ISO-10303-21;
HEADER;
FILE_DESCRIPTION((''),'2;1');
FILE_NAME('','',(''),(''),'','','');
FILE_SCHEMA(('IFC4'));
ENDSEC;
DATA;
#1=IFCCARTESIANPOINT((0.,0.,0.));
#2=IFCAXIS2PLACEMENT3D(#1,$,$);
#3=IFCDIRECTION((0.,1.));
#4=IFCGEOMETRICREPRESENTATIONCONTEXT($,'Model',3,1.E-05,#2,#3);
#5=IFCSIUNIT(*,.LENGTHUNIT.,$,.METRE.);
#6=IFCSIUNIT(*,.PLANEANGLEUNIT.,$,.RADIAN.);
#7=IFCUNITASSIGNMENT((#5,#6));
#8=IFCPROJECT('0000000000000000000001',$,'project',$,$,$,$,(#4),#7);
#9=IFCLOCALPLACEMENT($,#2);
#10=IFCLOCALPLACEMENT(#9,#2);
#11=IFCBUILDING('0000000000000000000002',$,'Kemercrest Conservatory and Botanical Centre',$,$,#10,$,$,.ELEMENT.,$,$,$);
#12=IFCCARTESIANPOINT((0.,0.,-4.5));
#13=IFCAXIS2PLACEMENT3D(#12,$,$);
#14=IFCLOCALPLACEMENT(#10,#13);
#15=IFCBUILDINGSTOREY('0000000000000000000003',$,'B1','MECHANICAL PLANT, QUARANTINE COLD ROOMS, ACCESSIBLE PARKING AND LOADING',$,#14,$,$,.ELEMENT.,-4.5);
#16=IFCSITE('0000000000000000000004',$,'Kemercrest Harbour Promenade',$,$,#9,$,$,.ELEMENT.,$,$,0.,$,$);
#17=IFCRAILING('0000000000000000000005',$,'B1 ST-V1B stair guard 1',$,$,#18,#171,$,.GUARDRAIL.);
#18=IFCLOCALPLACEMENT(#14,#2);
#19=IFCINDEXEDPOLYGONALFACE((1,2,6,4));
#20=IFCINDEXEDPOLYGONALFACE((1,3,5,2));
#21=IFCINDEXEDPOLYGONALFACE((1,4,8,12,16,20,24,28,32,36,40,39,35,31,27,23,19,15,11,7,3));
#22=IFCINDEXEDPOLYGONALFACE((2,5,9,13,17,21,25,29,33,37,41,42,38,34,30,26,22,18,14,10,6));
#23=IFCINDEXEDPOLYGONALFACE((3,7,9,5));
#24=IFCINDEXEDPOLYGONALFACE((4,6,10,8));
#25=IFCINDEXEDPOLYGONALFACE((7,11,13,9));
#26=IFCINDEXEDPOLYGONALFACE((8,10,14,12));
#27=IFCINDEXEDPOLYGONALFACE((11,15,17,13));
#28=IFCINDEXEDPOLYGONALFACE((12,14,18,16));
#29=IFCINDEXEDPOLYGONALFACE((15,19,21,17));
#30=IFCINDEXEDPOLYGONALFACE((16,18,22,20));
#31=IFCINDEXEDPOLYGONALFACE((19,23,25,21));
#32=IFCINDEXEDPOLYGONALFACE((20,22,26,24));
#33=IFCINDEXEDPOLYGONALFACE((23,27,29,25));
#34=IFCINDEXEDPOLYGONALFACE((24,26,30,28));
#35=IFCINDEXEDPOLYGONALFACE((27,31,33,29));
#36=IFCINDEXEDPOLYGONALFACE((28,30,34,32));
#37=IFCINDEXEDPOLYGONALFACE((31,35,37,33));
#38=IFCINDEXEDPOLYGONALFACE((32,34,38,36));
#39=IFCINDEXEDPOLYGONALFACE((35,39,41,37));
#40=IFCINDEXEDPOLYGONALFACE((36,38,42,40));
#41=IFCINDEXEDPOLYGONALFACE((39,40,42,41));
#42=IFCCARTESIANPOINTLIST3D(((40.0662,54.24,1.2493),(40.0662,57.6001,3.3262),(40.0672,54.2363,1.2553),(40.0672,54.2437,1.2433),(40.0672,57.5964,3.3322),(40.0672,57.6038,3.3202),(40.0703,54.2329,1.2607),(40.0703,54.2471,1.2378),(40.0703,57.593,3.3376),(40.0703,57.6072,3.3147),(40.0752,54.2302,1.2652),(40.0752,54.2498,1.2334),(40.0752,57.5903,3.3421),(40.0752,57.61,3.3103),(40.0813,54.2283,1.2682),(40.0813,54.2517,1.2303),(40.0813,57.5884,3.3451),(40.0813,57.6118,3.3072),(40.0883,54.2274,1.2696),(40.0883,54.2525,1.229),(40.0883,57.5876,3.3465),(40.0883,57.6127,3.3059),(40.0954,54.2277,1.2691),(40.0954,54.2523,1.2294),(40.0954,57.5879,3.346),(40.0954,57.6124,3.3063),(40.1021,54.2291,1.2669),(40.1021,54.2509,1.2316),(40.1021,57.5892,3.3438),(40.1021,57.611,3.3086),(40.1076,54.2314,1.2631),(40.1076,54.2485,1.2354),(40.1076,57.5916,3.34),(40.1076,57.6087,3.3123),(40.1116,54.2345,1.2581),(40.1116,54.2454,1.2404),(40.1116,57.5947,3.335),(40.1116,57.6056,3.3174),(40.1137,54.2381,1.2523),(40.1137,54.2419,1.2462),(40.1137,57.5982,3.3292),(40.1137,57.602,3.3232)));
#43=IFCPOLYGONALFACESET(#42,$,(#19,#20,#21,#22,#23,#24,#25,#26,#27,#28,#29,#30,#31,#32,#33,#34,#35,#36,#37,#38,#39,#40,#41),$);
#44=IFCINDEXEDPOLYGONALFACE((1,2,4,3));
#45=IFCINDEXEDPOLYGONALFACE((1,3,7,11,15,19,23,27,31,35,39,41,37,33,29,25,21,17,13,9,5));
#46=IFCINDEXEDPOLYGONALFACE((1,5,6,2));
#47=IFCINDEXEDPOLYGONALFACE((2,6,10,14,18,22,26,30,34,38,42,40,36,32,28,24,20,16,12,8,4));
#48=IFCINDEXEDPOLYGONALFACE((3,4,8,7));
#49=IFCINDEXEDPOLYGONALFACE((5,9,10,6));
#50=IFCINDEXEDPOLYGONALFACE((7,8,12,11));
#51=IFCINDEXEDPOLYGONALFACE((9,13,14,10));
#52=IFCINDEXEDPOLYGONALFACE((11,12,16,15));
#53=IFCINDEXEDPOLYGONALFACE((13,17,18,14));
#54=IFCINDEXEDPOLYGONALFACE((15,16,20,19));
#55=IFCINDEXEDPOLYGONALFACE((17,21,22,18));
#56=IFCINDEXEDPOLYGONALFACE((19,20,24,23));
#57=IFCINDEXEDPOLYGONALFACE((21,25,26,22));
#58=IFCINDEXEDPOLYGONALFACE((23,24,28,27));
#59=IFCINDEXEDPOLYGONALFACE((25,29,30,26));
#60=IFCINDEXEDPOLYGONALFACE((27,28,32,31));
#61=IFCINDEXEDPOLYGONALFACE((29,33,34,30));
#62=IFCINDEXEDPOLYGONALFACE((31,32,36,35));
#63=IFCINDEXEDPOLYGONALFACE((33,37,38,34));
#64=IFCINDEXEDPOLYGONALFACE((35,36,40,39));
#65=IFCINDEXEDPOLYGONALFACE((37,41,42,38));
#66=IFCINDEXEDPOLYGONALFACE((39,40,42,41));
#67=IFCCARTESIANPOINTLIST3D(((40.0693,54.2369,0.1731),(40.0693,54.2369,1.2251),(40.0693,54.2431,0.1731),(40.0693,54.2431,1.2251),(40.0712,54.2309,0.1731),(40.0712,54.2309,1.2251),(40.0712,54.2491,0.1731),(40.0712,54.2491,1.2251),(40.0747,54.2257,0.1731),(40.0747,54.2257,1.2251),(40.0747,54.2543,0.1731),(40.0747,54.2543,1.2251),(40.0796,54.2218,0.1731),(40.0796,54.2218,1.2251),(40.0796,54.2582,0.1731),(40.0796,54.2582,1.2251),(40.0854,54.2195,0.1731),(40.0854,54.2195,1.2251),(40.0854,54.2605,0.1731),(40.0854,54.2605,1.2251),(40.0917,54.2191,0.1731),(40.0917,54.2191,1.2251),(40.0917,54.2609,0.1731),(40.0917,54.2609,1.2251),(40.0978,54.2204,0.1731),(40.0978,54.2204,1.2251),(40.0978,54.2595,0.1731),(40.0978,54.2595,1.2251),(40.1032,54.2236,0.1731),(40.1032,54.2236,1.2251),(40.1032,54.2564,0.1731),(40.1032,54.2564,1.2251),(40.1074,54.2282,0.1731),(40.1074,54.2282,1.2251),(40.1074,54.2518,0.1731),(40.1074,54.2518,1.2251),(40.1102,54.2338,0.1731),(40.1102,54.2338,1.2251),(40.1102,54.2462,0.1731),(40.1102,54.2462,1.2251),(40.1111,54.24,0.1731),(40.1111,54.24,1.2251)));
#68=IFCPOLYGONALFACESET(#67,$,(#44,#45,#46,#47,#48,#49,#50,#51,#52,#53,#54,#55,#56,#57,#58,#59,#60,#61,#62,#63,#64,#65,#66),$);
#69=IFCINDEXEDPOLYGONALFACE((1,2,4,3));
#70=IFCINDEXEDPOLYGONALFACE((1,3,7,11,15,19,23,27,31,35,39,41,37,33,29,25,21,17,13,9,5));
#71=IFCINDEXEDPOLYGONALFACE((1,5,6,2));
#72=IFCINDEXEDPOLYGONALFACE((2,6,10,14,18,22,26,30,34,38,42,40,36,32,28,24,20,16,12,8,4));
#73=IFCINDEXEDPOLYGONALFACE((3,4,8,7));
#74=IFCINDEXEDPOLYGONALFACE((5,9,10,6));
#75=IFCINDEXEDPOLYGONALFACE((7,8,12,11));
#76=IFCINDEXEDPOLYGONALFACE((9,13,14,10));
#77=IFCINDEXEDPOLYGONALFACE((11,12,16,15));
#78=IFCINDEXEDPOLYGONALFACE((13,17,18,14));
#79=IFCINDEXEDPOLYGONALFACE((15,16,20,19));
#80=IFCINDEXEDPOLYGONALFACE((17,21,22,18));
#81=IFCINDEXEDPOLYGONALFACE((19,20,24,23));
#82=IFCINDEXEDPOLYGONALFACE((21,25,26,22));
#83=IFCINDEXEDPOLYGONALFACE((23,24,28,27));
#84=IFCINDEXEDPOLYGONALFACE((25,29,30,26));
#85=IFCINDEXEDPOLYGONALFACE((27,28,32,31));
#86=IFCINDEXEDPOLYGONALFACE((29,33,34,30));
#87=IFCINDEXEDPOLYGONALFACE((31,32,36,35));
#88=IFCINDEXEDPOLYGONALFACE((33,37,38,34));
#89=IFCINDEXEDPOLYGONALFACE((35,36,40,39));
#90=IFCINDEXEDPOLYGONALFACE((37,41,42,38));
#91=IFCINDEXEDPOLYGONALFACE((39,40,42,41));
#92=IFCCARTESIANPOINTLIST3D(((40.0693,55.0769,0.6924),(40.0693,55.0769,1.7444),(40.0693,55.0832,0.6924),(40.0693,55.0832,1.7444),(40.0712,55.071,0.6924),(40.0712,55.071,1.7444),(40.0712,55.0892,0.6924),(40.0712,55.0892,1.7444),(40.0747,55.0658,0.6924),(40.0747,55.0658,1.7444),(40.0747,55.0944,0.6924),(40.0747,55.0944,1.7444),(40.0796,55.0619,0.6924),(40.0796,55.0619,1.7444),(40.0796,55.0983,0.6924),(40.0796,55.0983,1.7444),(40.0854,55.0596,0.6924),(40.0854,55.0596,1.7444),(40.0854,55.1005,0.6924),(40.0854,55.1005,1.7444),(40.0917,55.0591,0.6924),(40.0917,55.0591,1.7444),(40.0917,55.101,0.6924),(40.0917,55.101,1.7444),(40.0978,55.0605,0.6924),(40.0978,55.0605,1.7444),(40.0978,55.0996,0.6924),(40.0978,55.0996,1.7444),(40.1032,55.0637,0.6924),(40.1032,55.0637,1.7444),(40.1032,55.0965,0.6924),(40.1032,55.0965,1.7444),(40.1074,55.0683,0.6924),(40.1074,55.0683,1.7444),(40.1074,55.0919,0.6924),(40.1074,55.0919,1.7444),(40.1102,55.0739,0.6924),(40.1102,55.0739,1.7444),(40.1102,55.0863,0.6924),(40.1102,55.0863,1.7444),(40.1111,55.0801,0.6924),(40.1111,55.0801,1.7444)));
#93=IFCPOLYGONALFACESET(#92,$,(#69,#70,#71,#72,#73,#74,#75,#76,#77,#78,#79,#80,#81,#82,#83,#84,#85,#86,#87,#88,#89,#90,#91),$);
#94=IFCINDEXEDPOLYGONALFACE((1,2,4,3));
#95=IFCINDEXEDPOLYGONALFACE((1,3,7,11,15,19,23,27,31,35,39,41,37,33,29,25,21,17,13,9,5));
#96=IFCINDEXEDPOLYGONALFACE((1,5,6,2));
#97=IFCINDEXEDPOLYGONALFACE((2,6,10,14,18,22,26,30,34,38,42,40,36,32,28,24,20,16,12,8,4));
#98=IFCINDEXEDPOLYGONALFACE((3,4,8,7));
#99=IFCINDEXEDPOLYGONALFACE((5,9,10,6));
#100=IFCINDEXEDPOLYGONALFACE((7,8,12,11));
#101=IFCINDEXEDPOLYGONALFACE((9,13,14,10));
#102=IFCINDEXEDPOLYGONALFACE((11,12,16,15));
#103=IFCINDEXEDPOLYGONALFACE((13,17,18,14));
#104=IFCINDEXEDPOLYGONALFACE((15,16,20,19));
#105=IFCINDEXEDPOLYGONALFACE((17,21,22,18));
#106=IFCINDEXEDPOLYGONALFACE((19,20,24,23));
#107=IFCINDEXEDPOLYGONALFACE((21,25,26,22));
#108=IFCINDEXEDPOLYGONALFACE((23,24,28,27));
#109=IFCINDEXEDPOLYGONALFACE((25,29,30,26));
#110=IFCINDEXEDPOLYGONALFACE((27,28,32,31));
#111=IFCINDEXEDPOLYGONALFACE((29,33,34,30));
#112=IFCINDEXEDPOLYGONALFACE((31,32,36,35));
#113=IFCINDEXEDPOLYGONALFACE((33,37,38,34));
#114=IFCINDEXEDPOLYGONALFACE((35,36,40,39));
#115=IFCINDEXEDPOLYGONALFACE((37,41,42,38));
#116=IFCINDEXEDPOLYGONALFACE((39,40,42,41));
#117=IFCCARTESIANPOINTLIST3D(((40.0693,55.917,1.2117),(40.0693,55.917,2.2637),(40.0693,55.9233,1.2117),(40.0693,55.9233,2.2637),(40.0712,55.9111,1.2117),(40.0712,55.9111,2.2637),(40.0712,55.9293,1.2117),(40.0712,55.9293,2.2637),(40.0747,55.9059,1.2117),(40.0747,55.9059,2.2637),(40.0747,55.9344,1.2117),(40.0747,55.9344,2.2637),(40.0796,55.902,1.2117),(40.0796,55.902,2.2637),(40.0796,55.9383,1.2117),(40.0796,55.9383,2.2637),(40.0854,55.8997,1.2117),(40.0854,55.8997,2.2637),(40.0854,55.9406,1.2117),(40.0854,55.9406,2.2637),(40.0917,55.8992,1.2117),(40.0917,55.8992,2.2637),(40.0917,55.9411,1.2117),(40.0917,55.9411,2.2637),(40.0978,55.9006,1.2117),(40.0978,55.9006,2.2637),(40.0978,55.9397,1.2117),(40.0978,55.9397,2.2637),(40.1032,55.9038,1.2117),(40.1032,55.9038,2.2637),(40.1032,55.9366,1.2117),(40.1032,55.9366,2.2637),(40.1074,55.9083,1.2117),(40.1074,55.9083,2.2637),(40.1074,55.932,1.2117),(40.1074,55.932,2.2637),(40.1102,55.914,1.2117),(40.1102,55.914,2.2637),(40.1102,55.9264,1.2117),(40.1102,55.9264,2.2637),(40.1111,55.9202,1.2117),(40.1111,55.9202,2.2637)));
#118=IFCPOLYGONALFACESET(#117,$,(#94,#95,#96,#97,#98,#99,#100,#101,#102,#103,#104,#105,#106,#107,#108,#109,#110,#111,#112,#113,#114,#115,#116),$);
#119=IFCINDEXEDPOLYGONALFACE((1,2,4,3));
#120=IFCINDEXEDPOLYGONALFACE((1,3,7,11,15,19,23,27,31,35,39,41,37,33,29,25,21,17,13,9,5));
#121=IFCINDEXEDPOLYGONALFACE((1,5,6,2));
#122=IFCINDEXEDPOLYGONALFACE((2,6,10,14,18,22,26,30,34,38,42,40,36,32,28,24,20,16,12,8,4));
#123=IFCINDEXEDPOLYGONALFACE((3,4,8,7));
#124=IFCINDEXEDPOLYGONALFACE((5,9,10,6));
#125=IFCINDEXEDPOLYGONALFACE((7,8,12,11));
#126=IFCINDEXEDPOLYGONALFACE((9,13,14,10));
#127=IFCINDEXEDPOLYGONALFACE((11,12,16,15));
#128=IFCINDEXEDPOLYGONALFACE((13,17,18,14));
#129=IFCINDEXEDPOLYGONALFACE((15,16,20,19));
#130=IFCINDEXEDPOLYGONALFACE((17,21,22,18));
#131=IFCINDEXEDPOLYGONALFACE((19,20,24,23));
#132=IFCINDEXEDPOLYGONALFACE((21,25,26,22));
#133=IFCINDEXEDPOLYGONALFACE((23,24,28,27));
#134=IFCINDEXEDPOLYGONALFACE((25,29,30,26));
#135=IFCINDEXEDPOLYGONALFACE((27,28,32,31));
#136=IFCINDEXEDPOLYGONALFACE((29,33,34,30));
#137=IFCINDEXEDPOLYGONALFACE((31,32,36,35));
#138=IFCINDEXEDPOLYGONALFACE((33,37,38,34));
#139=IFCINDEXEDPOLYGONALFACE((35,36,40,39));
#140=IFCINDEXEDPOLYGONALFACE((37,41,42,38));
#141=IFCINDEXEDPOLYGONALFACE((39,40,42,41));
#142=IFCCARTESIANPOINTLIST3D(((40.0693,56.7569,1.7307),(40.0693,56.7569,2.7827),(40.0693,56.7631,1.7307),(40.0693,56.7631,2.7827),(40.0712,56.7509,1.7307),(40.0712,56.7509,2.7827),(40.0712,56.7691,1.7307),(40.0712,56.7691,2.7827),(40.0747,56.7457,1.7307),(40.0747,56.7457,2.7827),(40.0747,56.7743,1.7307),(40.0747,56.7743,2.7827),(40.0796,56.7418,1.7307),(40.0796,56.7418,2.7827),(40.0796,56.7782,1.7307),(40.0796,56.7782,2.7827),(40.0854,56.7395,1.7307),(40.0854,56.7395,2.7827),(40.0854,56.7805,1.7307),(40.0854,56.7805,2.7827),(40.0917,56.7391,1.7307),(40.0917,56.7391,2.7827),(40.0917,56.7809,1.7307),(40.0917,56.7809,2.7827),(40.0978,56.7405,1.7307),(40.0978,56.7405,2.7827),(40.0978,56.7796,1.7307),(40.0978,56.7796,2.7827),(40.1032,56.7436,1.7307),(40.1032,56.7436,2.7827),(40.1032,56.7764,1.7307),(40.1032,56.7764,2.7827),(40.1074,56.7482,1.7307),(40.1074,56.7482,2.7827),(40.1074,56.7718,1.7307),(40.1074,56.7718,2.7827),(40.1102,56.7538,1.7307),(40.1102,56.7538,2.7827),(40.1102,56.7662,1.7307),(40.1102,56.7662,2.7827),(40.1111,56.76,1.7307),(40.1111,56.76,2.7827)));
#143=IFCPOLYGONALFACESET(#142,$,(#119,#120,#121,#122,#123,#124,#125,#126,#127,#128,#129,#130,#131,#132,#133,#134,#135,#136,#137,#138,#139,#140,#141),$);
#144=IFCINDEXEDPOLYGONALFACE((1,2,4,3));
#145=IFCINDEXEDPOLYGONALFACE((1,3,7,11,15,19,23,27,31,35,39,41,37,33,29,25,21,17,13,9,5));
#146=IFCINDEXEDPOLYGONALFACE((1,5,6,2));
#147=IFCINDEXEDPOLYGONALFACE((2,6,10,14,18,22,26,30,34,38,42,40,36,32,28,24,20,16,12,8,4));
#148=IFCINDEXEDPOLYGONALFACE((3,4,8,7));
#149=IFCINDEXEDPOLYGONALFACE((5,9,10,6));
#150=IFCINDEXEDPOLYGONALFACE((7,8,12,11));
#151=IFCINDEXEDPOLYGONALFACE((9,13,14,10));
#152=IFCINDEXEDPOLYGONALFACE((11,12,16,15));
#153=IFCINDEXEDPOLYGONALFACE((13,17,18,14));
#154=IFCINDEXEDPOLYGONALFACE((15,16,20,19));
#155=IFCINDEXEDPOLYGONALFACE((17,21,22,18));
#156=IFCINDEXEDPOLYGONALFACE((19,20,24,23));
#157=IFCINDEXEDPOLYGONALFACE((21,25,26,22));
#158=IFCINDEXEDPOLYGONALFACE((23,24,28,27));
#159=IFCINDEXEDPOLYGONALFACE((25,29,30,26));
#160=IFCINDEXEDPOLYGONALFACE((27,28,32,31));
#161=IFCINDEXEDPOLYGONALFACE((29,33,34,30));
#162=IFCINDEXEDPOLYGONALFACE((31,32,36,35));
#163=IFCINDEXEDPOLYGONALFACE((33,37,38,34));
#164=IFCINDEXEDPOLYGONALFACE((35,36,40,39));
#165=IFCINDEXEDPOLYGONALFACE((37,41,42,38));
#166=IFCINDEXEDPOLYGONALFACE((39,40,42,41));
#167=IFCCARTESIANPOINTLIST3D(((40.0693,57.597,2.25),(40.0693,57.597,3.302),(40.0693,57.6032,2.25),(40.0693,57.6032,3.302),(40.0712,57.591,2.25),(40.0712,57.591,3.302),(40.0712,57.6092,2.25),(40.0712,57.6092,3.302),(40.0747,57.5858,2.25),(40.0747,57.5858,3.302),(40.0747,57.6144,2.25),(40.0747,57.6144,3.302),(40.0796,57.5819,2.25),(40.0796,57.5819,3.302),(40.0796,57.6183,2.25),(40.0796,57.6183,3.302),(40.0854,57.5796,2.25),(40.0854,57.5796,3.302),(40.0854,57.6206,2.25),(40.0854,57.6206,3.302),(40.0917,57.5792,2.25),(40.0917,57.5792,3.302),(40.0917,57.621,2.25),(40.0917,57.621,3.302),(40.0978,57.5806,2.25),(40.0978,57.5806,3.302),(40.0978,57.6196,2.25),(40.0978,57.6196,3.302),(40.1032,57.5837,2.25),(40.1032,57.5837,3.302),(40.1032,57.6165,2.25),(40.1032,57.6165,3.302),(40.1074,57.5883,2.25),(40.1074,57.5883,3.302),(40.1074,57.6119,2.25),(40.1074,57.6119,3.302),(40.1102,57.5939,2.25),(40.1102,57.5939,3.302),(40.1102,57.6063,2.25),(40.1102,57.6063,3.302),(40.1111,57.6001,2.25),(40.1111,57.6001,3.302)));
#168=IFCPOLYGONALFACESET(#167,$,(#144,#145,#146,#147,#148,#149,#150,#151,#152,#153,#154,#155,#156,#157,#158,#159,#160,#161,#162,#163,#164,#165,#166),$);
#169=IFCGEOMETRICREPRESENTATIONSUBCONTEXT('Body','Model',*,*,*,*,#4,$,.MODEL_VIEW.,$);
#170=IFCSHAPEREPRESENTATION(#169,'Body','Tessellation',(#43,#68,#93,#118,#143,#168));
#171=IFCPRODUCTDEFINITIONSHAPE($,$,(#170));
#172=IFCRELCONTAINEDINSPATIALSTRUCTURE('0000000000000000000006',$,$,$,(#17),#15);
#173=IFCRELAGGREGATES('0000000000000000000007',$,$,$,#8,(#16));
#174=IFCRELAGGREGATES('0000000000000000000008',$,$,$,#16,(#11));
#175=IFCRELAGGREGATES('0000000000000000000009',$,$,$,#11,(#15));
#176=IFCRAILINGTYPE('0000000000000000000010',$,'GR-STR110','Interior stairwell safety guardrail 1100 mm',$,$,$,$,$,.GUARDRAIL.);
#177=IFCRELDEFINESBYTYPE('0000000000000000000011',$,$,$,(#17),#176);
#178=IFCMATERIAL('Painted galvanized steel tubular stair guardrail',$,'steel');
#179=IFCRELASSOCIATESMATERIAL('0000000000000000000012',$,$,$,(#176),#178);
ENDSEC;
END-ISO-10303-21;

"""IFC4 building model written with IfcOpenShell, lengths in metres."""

from ifc_helpers import new_model, si_unit, direction, frame, origin, origin_2d, place, context, subcontext, project, spatial, circle, extrude, material, type_object, element, save


model = new_model("IFC4")

# Units and contexts
model_context = context("Model", 3, precision=1e-05, world=origin(), true_north=direction((0.0, 1.0)))
body_context = subcontext(model_context, "Body", "Model", "MODEL_VIEW")
ifc_project = project(units=[si_unit("LENGTHUNIT", "METRE"), si_unit("PLANEANGLEUNIT", "RADIAN")], contexts=[model_context])

# Site, building, storey
site_placement = place(None, origin())
site = spatial("IfcSite", under=ifc_project, at=site_placement, Name="Kemercrest Harbour Promenade", CompositionType="ELEMENT", RefElevation=0.0)
building_placement = place(site_placement, origin())
building = spatial("IfcBuilding", under=site, at=building_placement, Name="Kemercrest Conservatory and Botanical Centre", CompositionType="ELEMENT")
storey_placement = place(building_placement, frame((0.0, 0.0, -4.5)))
storey = spatial("IfcBuildingStorey", under=building, at=storey_placement, Name="B1", Description="MECHANICAL PLANT, QUARANTINE COLD ROOMS, ACCESSIBLE PARKING AND LOADING", CompositionType="ELEMENT", Elevation=-4.5)

# Railing
ifc_material_1 = material(Name="Painted galvanized steel tubular stair guardrail", Category="steel")
railing_type_1 = type_object("IfcRailingType", Name="GR-STR110", Description="Interior stairwell safety guardrail 1100 mm", PredefinedType="GUARDRAIL", material=ifc_material_1)
railing_1_placement = place(storey_placement, frame((40.0901, 54.24, 0.1731)))
element("IfcRailing", 1, at=railing_1_placement, inside=storey, type_object=railing_type_1, Name="B1 ST-V1B stair guard 1", PredefinedType="GUARDRAIL", context=body_context, shape_type="SweptSolid", body=[
    extrude(circle(Radius=0.0239, at=origin_2d()), frame((0.0, 0.0, 1.0762), z_axis=(0.0, 0.850623, 0.525776), x_axis=(-1.0, 0.0, 0.0)), (0.0, 0.0, 1.0), 3.9502),
    extrude(circle(Radius=0.021, at=origin_2d()), origin(), (0.0, 0.0, 1.0), 1.052),
    extrude(circle(Radius=0.021, at=origin_2d()), frame((0.0, 0.8401, 0.5193)), (0.0, 0.0, 1.0), 1.052),
    extrude(circle(Radius=0.021, at=origin_2d()), frame((0.0, 1.6802, 1.0386)), (0.0, 0.0, 1.0), 1.052),
    extrude(circle(Radius=0.021, at=origin_2d()), frame((0.0, 2.52, 1.5576)), (0.0, 0.0, 1.0), 1.052),
    extrude(circle(Radius=0.021, at=origin_2d()), frame((0.0, 3.3601, 2.0769)), (0.0, 0.0, 1.0), 1.052),
])

save(model, "model.ifc")
